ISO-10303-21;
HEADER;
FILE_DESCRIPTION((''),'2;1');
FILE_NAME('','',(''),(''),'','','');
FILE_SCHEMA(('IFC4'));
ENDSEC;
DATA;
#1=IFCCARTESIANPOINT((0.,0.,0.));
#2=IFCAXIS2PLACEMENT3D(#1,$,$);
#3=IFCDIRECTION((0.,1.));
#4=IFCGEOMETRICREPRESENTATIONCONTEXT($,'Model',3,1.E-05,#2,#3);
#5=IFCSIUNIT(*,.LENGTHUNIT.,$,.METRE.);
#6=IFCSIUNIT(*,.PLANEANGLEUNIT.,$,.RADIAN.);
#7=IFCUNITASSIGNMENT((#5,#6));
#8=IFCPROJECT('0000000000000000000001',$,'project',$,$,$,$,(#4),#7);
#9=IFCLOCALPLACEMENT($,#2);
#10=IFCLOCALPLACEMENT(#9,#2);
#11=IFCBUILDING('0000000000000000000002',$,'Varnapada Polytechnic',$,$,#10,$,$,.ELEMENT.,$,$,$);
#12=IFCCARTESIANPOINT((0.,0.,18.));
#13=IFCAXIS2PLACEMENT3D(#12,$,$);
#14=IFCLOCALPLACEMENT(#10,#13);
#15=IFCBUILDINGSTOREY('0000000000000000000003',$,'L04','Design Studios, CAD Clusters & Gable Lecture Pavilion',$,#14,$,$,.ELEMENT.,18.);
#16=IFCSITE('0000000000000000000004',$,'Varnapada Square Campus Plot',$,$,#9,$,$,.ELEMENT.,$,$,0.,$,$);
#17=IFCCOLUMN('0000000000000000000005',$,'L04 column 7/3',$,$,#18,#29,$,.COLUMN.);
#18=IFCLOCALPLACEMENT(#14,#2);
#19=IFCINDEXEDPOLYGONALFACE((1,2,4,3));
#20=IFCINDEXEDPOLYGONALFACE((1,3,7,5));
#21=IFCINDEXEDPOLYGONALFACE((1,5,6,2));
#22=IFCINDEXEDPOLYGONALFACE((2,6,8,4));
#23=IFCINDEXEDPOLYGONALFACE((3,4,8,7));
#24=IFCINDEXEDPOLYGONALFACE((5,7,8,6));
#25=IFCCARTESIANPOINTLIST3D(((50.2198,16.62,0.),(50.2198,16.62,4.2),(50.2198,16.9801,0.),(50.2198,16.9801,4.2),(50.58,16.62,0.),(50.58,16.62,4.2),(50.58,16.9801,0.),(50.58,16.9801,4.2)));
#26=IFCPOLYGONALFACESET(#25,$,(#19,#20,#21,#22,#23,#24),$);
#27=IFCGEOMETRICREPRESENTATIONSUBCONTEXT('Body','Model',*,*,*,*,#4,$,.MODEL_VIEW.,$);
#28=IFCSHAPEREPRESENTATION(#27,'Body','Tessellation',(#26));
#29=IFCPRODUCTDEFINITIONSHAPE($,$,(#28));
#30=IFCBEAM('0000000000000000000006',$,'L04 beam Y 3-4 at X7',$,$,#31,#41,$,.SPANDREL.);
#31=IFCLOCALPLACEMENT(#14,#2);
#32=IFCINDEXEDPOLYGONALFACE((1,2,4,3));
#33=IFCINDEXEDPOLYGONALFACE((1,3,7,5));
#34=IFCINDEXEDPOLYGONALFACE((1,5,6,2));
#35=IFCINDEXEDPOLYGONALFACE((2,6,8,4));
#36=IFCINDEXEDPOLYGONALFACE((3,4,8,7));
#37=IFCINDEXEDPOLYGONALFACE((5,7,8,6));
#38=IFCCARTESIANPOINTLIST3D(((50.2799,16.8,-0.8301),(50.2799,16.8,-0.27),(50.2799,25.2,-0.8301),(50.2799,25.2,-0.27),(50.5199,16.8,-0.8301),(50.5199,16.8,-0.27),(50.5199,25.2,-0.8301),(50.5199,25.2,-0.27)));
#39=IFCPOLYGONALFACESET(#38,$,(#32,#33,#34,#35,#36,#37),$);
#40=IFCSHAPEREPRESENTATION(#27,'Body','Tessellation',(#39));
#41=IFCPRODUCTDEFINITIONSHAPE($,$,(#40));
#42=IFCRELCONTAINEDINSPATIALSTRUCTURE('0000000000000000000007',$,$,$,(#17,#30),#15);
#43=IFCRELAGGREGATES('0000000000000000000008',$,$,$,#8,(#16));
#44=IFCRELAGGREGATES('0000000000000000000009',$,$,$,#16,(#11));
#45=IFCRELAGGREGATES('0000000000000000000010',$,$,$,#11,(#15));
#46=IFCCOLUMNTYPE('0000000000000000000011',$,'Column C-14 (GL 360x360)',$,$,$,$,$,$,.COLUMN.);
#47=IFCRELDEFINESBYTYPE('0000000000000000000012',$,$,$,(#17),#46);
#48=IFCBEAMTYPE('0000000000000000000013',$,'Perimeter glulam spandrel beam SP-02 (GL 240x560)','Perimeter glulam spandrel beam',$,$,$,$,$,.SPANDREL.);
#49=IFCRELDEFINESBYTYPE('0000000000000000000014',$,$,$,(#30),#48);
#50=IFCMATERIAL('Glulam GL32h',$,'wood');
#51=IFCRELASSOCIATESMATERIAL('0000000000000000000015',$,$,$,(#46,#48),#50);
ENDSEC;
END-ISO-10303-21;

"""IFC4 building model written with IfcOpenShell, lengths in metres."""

from ifc_helpers import new_model, si_unit, direction, frame, origin, origin_2d, place, context, subcontext, project, spatial, rectangle, extrude, material, material_profile, profile_set, type_object, element, save


model = new_model("IFC4")

# Units and contexts
model_context = context("Model", 3, precision=1e-05, world=origin(), true_north=direction((0.0, 1.0)))
body_context = subcontext(model_context, "Body", "Model", "MODEL_VIEW")
ifc_project = project(units=[si_unit("LENGTHUNIT", "METRE"), si_unit("PLANEANGLEUNIT", "RADIAN")], contexts=[model_context])

# Site, building, storey
site_placement = place(None, origin())
site = spatial("IfcSite", under=ifc_project, at=site_placement, Name="Varnapada Square Campus Plot", CompositionType="ELEMENT", RefElevation=0.0)
building_placement = place(site_placement, origin())
building = spatial("IfcBuilding", under=site, at=building_placement, Name="Varnapada Polytechnic", CompositionType="ELEMENT")
storey_placement = place(building_placement, frame((0.0, 0.0, 18.0)))
storey = spatial("IfcBuildingStorey", under=building, at=storey_placement, Name="L04", Description="Design Studios, CAD Clusters & Gable Lecture Pavilion", CompositionType="ELEMENT", Elevation=18.0)

# Column
ifc_material_1 = material(Name="Glulam GL32h", Category="wood")
ifc_material_profile_1 = material_profile(ifc_material_1, rectangle(XDim=0.3601, YDim=0.3601, at=origin_2d()), Name="GL 360x360")
ifc_profile_set_1 = profile_set([ifc_material_profile_1], Name="Glulam GL32h")
column_type = type_object("IfcColumnType", Name="Column C-14 (GL 360x360)", PredefinedType="COLUMN", material=ifc_profile_set_1)
column_placement = place(storey_placement, frame((50.3999, 16.8, 0.0), z_axis=(0.0, 0.0, 1.0), x_axis=(1.0, 0.0, 0.0)))
element("IfcColumn", 1, at=column_placement, inside=storey, type_object=column_type, Name="L04 column 7/3", PredefinedType="COLUMN", context=body_context, shape_type="SweptSolid", body=[
    extrude(rectangle(XDim=0.3601, YDim=0.3601, at=origin_2d()), origin(), (0.0, 0.0, 1.0), 4.2),
])

# Beam
ifc_material_profile_2 = material_profile(ifc_material_1, rectangle(XDim=0.24, YDim=0.5601, at=origin_2d()), Name="GL 240x560")
ifc_profile_set_2 = profile_set([ifc_material_profile_2], Name="Glulam GL32h")
beam_type = type_object("IfcBeamType", Name="Perimeter glulam spandrel beam SP-02 (GL 240x560)", Description="Perimeter glulam spandrel beam", PredefinedType="SPANDREL", material=ifc_profile_set_2)
beam_placement = place(storey_placement, frame((50.3999, 16.8, -0.55), z_axis=(0.0, 1.0, 0.0), x_axis=(-1.0, 0.0, 0.0)))
element("IfcBeam", 2, at=beam_placement, inside=storey, type_object=beam_type, Name="L04 beam Y 3-4 at X7", PredefinedType="SPANDREL", context=body_context, shape_type="SweptSolid", body=[
    extrude(rectangle(XDim=0.24, YDim=0.5601, at=origin_2d()), origin(), (0.0, 0.0, 1.0), 8.3999),
])

save(model, "model.ifc")
